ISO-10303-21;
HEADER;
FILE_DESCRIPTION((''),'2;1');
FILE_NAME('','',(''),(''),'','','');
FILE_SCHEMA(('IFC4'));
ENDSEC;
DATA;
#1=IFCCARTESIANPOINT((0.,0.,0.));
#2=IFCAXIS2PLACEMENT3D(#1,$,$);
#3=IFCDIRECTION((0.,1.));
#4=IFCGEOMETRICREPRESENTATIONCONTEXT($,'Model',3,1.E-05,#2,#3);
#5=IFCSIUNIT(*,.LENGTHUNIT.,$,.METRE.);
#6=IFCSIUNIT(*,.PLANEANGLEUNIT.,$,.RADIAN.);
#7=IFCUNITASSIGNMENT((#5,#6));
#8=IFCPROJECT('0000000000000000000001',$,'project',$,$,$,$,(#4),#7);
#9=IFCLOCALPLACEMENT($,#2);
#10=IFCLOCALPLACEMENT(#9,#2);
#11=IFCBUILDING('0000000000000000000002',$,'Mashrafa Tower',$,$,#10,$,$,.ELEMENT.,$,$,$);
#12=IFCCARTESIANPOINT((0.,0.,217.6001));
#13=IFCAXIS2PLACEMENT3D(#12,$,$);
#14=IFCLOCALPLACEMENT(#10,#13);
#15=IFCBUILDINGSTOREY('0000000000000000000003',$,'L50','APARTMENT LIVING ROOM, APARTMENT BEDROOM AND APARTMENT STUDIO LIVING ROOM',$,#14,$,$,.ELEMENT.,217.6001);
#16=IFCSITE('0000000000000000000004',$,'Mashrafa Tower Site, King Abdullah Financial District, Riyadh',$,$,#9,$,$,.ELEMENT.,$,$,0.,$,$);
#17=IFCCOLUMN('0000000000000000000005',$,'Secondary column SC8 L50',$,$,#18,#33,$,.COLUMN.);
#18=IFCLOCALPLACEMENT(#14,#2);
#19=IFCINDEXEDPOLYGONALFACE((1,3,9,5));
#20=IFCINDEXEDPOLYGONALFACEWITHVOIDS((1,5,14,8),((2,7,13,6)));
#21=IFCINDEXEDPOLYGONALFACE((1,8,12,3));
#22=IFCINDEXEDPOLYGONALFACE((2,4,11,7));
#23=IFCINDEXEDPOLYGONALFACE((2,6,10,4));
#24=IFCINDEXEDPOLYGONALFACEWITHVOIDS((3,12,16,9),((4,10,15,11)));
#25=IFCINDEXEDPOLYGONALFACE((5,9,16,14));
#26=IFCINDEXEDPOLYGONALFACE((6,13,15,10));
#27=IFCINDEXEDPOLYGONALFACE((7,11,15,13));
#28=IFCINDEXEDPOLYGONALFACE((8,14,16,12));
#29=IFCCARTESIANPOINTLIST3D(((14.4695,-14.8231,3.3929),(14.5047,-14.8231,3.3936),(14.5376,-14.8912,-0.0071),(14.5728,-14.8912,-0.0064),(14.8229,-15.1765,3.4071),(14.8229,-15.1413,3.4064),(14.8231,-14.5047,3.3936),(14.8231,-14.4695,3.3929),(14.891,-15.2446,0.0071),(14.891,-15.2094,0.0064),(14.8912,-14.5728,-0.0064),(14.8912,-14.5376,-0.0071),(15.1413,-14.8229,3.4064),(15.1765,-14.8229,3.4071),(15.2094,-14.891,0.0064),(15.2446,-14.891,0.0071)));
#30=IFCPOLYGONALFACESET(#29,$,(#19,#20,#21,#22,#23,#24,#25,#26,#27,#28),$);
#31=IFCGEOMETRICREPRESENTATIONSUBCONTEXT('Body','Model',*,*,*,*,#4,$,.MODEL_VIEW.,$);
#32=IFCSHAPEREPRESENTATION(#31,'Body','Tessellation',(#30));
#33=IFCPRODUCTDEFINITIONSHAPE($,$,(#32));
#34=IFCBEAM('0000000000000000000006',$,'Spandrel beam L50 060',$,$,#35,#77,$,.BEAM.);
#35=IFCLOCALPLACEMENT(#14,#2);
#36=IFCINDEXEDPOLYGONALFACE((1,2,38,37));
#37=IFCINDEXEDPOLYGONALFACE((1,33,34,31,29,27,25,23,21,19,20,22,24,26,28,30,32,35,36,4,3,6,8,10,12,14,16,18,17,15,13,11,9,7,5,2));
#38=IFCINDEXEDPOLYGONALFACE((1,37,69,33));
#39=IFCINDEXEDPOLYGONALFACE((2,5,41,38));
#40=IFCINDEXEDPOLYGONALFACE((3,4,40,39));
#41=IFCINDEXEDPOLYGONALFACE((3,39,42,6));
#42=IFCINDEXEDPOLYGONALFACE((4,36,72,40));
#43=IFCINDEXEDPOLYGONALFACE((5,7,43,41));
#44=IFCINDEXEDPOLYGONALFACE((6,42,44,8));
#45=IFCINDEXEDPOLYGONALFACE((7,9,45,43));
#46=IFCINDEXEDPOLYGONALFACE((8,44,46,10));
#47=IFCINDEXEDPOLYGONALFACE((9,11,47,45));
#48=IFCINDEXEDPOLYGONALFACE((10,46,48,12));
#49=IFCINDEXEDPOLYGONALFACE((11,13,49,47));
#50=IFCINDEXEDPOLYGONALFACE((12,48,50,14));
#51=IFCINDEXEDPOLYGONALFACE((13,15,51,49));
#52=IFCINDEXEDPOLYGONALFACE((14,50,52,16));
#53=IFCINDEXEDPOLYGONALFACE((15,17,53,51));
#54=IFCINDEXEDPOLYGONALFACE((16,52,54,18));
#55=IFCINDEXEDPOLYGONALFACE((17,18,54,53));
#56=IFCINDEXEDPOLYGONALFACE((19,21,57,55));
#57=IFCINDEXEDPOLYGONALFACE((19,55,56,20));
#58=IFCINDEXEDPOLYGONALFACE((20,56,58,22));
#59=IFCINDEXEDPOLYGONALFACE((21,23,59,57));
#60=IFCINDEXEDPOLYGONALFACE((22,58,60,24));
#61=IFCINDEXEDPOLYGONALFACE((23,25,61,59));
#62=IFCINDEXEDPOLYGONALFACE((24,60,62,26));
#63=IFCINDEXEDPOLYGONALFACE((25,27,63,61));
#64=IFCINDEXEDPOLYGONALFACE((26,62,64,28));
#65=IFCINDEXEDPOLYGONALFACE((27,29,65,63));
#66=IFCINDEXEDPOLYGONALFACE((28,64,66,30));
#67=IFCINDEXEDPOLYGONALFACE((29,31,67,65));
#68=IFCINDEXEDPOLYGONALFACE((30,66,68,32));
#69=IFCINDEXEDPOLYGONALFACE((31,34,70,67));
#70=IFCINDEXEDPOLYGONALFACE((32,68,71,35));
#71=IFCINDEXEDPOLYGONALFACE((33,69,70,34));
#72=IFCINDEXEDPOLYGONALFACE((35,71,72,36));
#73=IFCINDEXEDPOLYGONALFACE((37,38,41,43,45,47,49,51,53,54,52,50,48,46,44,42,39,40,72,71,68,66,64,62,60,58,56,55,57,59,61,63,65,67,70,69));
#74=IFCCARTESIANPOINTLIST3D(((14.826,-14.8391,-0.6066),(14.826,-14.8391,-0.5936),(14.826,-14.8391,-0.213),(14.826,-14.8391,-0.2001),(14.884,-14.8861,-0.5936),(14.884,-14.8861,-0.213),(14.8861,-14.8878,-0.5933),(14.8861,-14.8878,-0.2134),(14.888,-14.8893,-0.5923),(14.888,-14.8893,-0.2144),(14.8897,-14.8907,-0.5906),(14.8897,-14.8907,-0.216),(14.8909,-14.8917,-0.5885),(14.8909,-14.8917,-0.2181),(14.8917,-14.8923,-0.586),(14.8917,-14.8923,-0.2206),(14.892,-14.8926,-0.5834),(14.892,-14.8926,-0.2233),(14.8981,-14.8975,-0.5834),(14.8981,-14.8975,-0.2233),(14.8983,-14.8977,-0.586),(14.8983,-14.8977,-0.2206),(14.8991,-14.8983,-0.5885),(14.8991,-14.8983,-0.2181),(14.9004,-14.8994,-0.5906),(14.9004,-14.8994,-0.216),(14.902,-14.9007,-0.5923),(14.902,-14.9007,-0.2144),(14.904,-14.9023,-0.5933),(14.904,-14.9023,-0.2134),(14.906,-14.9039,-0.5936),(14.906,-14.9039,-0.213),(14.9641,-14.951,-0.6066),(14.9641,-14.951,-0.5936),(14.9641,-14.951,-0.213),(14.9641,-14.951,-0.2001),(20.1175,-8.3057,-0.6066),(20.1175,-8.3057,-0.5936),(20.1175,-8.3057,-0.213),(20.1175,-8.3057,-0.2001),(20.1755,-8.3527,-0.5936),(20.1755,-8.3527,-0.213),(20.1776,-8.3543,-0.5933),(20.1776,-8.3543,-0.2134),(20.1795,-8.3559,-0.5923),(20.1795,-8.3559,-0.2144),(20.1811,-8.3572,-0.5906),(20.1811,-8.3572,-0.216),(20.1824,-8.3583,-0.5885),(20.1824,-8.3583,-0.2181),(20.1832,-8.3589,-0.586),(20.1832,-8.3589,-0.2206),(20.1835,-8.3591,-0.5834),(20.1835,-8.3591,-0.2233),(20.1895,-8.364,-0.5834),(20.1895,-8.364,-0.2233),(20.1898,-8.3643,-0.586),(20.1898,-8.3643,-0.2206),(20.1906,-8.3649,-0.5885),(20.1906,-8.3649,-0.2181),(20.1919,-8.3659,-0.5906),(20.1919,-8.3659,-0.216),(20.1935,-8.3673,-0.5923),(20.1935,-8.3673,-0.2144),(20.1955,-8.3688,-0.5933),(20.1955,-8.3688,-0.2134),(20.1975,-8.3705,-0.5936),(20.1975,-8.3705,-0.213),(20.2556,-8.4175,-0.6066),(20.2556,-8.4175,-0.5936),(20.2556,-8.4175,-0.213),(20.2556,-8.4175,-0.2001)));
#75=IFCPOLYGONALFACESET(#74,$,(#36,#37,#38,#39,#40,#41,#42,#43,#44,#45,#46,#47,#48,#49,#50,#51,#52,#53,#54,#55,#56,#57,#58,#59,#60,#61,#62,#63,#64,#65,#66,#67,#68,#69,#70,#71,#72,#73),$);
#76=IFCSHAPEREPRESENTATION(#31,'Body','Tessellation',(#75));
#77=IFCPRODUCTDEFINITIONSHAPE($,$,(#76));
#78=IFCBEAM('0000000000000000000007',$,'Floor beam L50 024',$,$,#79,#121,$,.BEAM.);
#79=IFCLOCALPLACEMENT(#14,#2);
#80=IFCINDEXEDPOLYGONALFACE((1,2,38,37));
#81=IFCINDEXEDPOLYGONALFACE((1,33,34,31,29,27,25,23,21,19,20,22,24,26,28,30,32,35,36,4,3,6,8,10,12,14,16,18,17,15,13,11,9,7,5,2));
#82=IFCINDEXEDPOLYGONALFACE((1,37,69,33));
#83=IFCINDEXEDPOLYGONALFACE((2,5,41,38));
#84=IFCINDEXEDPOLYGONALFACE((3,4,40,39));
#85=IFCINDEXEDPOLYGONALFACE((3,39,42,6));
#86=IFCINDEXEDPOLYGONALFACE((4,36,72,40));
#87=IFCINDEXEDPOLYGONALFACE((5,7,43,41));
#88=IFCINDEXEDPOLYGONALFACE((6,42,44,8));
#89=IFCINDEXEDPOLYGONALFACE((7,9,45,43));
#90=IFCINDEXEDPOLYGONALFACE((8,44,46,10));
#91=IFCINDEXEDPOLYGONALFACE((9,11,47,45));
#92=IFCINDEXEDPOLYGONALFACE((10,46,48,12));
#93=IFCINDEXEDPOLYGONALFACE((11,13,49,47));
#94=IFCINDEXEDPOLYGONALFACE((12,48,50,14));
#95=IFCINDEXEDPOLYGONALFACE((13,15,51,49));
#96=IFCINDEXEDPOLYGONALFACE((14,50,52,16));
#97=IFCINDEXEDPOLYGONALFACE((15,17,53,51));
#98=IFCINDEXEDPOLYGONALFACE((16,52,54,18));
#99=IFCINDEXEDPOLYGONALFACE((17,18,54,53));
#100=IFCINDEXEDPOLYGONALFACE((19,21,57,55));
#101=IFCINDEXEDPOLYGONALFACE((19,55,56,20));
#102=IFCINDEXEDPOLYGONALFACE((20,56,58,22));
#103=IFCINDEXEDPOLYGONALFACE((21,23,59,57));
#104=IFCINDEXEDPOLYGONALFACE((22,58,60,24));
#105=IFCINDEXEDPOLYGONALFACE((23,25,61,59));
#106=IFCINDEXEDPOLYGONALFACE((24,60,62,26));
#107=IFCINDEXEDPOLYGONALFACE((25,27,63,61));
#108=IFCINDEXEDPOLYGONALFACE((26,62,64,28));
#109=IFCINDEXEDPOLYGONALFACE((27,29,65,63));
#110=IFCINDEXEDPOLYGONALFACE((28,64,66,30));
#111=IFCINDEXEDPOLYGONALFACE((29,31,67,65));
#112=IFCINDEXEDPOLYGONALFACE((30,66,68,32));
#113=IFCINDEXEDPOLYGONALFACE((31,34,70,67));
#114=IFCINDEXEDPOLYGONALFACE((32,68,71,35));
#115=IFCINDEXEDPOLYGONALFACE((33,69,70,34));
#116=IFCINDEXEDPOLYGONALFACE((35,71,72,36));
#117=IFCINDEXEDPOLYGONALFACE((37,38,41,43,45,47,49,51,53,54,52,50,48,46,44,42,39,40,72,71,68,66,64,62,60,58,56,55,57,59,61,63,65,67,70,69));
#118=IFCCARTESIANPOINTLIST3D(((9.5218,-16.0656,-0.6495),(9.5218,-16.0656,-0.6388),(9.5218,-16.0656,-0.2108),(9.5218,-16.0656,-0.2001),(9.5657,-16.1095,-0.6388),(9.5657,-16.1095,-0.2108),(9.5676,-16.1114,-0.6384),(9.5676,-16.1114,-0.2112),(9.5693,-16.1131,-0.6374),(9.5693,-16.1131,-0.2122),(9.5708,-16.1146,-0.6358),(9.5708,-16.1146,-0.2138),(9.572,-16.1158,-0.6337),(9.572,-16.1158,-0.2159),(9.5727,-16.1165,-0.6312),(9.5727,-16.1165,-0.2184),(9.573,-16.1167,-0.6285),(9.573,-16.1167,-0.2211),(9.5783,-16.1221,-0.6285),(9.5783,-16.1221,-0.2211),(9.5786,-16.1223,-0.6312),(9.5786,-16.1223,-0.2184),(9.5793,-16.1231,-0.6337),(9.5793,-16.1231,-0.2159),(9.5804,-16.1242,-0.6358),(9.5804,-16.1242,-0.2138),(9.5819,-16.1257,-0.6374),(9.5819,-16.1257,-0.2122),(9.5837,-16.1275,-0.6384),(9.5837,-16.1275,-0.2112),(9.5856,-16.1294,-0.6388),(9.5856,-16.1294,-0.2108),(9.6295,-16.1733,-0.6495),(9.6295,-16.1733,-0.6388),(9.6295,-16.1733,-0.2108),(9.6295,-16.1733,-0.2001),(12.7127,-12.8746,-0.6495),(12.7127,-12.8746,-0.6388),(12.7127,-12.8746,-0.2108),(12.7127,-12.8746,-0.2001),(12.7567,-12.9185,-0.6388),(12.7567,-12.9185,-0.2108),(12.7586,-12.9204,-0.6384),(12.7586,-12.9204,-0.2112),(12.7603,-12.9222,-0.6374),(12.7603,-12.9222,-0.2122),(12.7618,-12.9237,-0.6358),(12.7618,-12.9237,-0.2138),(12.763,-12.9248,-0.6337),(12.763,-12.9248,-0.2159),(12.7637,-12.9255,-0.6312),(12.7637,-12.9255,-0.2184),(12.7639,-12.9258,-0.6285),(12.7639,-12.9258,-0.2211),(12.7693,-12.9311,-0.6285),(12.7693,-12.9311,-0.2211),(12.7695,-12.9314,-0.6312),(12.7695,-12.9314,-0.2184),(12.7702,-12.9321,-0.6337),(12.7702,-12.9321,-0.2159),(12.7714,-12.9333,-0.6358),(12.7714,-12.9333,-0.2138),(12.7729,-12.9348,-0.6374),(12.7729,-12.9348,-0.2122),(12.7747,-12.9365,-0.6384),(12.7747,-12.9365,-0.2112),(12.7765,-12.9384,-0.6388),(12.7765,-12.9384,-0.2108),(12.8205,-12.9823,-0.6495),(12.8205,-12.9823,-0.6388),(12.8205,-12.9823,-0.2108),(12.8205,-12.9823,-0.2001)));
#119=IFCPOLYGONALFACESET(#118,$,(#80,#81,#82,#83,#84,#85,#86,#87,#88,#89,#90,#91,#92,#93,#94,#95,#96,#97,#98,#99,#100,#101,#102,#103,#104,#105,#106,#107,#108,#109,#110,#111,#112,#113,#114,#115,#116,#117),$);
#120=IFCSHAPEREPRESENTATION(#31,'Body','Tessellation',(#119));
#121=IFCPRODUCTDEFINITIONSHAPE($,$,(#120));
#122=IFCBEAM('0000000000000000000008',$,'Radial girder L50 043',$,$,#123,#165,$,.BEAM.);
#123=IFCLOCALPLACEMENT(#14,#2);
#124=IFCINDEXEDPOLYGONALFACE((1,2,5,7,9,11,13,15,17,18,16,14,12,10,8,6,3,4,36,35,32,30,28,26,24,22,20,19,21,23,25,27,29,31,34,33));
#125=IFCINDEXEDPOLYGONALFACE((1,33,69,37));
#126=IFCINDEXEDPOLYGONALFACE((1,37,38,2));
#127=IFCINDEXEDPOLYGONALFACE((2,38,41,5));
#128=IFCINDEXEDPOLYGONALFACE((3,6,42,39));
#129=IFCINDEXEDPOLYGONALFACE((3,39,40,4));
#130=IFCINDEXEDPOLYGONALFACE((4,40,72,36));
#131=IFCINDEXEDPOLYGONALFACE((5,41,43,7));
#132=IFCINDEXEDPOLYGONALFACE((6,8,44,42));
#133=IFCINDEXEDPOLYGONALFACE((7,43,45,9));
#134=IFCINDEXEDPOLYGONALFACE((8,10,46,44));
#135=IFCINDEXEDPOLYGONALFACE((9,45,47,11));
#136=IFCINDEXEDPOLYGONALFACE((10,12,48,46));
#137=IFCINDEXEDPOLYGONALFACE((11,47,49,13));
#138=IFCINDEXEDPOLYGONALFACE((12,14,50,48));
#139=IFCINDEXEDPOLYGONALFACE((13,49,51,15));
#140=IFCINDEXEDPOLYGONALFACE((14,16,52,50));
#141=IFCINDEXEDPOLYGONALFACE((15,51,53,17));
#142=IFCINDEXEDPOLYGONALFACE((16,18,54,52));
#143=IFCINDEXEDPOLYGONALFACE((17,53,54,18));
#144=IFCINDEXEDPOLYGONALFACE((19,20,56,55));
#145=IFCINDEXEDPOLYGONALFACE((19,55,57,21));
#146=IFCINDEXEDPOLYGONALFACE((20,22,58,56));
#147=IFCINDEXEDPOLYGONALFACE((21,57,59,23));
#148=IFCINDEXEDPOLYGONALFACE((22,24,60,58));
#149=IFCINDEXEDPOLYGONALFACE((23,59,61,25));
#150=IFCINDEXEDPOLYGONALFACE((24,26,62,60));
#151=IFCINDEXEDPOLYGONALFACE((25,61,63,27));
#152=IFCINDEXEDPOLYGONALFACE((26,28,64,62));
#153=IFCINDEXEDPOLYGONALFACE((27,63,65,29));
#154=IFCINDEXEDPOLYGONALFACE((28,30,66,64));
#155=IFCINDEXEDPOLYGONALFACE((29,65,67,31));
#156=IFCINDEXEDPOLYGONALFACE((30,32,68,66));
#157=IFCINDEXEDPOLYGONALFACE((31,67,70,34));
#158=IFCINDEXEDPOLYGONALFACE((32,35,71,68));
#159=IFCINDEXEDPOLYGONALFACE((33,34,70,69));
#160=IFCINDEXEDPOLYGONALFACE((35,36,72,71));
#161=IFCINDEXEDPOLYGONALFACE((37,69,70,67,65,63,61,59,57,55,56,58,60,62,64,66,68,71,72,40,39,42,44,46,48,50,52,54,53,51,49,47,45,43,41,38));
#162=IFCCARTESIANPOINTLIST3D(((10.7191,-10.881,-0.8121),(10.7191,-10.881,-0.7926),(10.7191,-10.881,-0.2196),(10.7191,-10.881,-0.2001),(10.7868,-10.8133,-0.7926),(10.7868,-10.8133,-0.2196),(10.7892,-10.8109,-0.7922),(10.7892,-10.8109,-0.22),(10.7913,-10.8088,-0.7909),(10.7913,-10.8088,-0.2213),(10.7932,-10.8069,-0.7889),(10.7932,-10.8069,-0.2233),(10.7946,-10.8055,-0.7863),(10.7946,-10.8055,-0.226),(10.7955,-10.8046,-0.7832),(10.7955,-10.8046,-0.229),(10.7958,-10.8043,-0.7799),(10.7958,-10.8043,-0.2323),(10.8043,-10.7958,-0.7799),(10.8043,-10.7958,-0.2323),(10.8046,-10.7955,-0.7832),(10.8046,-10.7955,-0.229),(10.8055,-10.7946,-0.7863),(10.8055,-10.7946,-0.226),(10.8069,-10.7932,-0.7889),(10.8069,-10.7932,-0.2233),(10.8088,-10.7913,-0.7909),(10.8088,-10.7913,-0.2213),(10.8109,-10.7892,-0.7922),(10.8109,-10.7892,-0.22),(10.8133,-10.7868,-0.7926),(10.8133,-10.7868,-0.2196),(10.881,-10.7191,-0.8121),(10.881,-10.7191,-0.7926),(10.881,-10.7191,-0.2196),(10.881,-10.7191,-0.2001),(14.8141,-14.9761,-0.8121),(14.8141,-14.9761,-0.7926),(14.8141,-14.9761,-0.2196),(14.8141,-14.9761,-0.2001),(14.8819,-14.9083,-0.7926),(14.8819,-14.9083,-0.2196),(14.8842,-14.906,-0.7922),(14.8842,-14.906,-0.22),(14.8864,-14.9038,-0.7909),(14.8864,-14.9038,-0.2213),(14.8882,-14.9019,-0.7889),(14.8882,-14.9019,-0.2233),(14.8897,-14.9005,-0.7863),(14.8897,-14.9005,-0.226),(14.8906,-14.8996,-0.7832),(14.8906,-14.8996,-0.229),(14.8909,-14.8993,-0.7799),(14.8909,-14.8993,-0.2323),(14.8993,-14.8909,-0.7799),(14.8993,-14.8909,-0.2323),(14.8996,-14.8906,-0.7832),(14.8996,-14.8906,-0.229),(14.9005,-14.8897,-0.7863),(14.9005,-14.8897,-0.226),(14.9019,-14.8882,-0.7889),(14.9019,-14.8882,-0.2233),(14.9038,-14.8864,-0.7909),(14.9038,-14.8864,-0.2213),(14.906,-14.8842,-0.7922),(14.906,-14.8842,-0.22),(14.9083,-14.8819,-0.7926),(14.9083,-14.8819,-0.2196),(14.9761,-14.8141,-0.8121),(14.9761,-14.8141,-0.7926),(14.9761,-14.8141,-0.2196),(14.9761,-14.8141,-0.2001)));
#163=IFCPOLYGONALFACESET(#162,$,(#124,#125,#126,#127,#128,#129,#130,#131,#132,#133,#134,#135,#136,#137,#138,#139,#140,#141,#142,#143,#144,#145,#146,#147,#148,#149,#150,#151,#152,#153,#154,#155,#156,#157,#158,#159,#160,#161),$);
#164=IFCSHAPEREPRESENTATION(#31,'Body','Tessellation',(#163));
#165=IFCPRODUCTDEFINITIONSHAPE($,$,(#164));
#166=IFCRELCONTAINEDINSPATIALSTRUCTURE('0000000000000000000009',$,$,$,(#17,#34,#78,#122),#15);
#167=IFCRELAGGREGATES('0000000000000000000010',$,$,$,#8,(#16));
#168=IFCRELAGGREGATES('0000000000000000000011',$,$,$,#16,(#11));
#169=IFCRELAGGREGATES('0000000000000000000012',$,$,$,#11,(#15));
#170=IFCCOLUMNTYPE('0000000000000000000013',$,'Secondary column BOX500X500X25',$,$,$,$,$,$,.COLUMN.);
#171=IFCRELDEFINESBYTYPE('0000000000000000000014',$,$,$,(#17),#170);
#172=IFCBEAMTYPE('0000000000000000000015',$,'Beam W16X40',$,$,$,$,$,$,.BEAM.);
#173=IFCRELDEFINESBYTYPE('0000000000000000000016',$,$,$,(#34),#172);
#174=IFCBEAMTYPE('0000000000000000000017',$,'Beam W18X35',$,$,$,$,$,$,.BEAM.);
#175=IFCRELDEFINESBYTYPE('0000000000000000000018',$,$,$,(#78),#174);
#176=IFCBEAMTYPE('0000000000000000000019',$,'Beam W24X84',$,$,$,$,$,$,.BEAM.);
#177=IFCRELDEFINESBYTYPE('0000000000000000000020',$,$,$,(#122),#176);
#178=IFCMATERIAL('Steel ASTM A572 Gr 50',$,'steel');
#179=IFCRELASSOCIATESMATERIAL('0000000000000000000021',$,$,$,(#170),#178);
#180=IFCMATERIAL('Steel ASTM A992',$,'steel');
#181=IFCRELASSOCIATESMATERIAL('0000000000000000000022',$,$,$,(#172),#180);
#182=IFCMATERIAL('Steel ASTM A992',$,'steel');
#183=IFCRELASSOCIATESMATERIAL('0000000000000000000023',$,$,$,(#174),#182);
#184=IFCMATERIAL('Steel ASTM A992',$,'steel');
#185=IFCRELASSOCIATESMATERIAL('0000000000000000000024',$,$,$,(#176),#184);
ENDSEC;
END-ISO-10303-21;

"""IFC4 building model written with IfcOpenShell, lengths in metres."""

from ifc_helpers import new_model, si_unit, direction, frame, origin, origin_2d, place, context, subcontext, project, spatial, hollow_rectangle, i_section, extrude, material, material_profile, profile_set, type_object, element, save


model = new_model("IFC4")

# Units and contexts
model_context = context("Model", 3, precision=1e-05, world=origin(), true_north=direction((0.0, 1.0)))
body_context = subcontext(model_context, "Body", "Model", "MODEL_VIEW")
ifc_project = project(units=[si_unit("LENGTHUNIT", "METRE"), si_unit("PLANEANGLEUNIT", "RADIAN")], contexts=[model_context])

# Site, building, storey
site_placement = place(None, origin())
site = spatial("IfcSite", under=ifc_project, at=site_placement, Name="Mashrafa Tower Site, King Abdullah Financial District, Riyadh", CompositionType="ELEMENT", RefElevation=0.0)
building_placement = place(site_placement, origin())
building = spatial("IfcBuilding", under=site, at=building_placement, Name="Mashrafa Tower", CompositionType="ELEMENT")
storey_placement = place(building_placement, frame((0.0, 0.0, 217.6001)))
storey = spatial("IfcBuildingStorey", under=building, at=storey_placement, Name="L50", Description="APARTMENT LIVING ROOM, APARTMENT BEDROOM AND APARTMENT STUDIO LIVING ROOM", CompositionType="ELEMENT", Elevation=217.6001)

# Column
ifc_material_1 = material(Name="Steel ASTM A572 Gr 50", Category="steel")
ifc_material_profile_1 = material_profile(ifc_material_1, hollow_rectangle(XDim=0.5, YDim=0.5, WallThickness=0.0249, at=origin_2d()), Name="BOX500X500X25")
ifc_profile_set_1 = profile_set([ifc_material_profile_1], Name="Steel ASTM A572 Gr 50")
column_type = type_object("IfcColumnType", Name="Secondary column BOX500X500X25", PredefinedType="COLUMN", material=ifc_profile_set_1)
column_placement = place(storey_placement, frame((14.8911, -14.8911, 0.0), z_axis=(-0.020026, 0.020026, 0.999599), x_axis=(-0.707107, -0.707107, 0.0)))
element("IfcColumn", 1, at=column_placement, inside=storey, type_object=column_type, Name="Secondary column SC8 L50", PredefinedType="COLUMN", context=body_context, shape_type="SweptSolid", body=[
    extrude(hollow_rectangle(XDim=0.5, YDim=0.5, WallThickness=0.0249, at=origin_2d()), origin(), (0.0, 0.0, 1.0), 3.4014),
])

# Beams
ifc_material_2 = material(Name="Steel ASTM A992", Category="steel")
ifc_material_profile_2 = material_profile(ifc_material_2, i_section(OverallWidth=0.1777, OverallDepth=0.4065, WebThickness=0.0078, FlangeThickness=0.0129, FilletRadius=0.0103, at=origin_2d()), Name="W16X40")
ifc_profile_set_2 = profile_set([ifc_material_profile_2], Name="Steel ASTM A992")
beam_type_1 = type_object("IfcBeamType", Name="Beam W16X40", PredefinedType="BEAM", material=ifc_profile_set_2)
beam_1_placement = place(storey_placement, frame((14.895, -14.895, -0.4033), z_axis=(0.629379, 0.777098, 0.0), x_axis=(-0.777098, 0.629379, 0.0)))
element("IfcBeam", 2, at=beam_1_placement, inside=storey, type_object=beam_type_1, Name="Spandrel beam L50 060", PredefinedType="BEAM", context=body_context, shape_type="SweptSolid", body=[
    extrude(i_section(OverallWidth=0.1777, OverallDepth=0.4065, WebThickness=0.0078, FlangeThickness=0.0129, FilletRadius=0.0103, at=origin_2d()), origin(), (0.0, 0.0, 1.0), 8.4075),
])
ifc_material_3 = material(Name="Steel ASTM A992", Category="steel")
ifc_material_profile_3 = material_profile(ifc_material_3, i_section(OverallWidth=0.1523, OverallDepth=0.4495, WebThickness=0.0076, FlangeThickness=0.0107, FilletRadius=0.0103, at=origin_2d()), Name="W18X35")
ifc_profile_set_3 = profile_set([ifc_material_profile_3], Name="Steel ASTM A992")
beam_type_2 = type_object("IfcBeamType", Name="Beam W18X35", PredefinedType="BEAM", material=ifc_profile_set_3)
beam_2_placement = place(storey_placement, frame((12.7666, -12.9285, -0.4248), z_axis=(-0.707107, -0.707107, 0.0), x_axis=(0.707107, -0.707107, 0.0)))
element("IfcBeam", 3, at=beam_2_placement, inside=storey, type_object=beam_type_2, Name="Floor beam L50 024", PredefinedType="BEAM", context=body_context, shape_type="SweptSolid", body=[
    extrude(i_section(OverallWidth=0.1523, OverallDepth=0.4495, WebThickness=0.0076, FlangeThickness=0.0107, FilletRadius=0.0103, at=origin_2d()), origin(), (0.0, 0.0, 1.0), 4.5127),
])
ifc_material_4 = material(Name="Steel ASTM A992", Category="steel")
ifc_material_profile_4 = material_profile(ifc_material_4, i_section(OverallWidth=0.229, OverallDepth=0.6121, WebThickness=0.012, FlangeThickness=0.0195, FilletRadius=0.0127, at=origin_2d()), Name="W24X84")
ifc_profile_set_4 = profile_set([ifc_material_profile_4], Name="Steel ASTM A992")
beam_type_3 = type_object("IfcBeamType", Name="Beam W24X84", PredefinedType="BEAM", material=ifc_profile_set_4)
beam_3_placement = place(storey_placement, frame((10.8, -10.8, -0.5061), z_axis=(0.707107, -0.707107, 0.0), x_axis=(0.707107, 0.707107, 0.0)))
element("IfcBeam", 4, at=beam_3_placement, inside=storey, type_object=beam_type_3, Name="Radial girder L50 043", PredefinedType="BEAM", context=body_context, shape_type="SweptSolid", body=[
    extrude(i_section(OverallWidth=0.229, OverallDepth=0.6121, WebThickness=0.012, FlangeThickness=0.0195, FilletRadius=0.0127, at=origin_2d()), origin(), (0.0, 0.0, 1.0), 5.7913),
])

save(model, "model.ifc")
